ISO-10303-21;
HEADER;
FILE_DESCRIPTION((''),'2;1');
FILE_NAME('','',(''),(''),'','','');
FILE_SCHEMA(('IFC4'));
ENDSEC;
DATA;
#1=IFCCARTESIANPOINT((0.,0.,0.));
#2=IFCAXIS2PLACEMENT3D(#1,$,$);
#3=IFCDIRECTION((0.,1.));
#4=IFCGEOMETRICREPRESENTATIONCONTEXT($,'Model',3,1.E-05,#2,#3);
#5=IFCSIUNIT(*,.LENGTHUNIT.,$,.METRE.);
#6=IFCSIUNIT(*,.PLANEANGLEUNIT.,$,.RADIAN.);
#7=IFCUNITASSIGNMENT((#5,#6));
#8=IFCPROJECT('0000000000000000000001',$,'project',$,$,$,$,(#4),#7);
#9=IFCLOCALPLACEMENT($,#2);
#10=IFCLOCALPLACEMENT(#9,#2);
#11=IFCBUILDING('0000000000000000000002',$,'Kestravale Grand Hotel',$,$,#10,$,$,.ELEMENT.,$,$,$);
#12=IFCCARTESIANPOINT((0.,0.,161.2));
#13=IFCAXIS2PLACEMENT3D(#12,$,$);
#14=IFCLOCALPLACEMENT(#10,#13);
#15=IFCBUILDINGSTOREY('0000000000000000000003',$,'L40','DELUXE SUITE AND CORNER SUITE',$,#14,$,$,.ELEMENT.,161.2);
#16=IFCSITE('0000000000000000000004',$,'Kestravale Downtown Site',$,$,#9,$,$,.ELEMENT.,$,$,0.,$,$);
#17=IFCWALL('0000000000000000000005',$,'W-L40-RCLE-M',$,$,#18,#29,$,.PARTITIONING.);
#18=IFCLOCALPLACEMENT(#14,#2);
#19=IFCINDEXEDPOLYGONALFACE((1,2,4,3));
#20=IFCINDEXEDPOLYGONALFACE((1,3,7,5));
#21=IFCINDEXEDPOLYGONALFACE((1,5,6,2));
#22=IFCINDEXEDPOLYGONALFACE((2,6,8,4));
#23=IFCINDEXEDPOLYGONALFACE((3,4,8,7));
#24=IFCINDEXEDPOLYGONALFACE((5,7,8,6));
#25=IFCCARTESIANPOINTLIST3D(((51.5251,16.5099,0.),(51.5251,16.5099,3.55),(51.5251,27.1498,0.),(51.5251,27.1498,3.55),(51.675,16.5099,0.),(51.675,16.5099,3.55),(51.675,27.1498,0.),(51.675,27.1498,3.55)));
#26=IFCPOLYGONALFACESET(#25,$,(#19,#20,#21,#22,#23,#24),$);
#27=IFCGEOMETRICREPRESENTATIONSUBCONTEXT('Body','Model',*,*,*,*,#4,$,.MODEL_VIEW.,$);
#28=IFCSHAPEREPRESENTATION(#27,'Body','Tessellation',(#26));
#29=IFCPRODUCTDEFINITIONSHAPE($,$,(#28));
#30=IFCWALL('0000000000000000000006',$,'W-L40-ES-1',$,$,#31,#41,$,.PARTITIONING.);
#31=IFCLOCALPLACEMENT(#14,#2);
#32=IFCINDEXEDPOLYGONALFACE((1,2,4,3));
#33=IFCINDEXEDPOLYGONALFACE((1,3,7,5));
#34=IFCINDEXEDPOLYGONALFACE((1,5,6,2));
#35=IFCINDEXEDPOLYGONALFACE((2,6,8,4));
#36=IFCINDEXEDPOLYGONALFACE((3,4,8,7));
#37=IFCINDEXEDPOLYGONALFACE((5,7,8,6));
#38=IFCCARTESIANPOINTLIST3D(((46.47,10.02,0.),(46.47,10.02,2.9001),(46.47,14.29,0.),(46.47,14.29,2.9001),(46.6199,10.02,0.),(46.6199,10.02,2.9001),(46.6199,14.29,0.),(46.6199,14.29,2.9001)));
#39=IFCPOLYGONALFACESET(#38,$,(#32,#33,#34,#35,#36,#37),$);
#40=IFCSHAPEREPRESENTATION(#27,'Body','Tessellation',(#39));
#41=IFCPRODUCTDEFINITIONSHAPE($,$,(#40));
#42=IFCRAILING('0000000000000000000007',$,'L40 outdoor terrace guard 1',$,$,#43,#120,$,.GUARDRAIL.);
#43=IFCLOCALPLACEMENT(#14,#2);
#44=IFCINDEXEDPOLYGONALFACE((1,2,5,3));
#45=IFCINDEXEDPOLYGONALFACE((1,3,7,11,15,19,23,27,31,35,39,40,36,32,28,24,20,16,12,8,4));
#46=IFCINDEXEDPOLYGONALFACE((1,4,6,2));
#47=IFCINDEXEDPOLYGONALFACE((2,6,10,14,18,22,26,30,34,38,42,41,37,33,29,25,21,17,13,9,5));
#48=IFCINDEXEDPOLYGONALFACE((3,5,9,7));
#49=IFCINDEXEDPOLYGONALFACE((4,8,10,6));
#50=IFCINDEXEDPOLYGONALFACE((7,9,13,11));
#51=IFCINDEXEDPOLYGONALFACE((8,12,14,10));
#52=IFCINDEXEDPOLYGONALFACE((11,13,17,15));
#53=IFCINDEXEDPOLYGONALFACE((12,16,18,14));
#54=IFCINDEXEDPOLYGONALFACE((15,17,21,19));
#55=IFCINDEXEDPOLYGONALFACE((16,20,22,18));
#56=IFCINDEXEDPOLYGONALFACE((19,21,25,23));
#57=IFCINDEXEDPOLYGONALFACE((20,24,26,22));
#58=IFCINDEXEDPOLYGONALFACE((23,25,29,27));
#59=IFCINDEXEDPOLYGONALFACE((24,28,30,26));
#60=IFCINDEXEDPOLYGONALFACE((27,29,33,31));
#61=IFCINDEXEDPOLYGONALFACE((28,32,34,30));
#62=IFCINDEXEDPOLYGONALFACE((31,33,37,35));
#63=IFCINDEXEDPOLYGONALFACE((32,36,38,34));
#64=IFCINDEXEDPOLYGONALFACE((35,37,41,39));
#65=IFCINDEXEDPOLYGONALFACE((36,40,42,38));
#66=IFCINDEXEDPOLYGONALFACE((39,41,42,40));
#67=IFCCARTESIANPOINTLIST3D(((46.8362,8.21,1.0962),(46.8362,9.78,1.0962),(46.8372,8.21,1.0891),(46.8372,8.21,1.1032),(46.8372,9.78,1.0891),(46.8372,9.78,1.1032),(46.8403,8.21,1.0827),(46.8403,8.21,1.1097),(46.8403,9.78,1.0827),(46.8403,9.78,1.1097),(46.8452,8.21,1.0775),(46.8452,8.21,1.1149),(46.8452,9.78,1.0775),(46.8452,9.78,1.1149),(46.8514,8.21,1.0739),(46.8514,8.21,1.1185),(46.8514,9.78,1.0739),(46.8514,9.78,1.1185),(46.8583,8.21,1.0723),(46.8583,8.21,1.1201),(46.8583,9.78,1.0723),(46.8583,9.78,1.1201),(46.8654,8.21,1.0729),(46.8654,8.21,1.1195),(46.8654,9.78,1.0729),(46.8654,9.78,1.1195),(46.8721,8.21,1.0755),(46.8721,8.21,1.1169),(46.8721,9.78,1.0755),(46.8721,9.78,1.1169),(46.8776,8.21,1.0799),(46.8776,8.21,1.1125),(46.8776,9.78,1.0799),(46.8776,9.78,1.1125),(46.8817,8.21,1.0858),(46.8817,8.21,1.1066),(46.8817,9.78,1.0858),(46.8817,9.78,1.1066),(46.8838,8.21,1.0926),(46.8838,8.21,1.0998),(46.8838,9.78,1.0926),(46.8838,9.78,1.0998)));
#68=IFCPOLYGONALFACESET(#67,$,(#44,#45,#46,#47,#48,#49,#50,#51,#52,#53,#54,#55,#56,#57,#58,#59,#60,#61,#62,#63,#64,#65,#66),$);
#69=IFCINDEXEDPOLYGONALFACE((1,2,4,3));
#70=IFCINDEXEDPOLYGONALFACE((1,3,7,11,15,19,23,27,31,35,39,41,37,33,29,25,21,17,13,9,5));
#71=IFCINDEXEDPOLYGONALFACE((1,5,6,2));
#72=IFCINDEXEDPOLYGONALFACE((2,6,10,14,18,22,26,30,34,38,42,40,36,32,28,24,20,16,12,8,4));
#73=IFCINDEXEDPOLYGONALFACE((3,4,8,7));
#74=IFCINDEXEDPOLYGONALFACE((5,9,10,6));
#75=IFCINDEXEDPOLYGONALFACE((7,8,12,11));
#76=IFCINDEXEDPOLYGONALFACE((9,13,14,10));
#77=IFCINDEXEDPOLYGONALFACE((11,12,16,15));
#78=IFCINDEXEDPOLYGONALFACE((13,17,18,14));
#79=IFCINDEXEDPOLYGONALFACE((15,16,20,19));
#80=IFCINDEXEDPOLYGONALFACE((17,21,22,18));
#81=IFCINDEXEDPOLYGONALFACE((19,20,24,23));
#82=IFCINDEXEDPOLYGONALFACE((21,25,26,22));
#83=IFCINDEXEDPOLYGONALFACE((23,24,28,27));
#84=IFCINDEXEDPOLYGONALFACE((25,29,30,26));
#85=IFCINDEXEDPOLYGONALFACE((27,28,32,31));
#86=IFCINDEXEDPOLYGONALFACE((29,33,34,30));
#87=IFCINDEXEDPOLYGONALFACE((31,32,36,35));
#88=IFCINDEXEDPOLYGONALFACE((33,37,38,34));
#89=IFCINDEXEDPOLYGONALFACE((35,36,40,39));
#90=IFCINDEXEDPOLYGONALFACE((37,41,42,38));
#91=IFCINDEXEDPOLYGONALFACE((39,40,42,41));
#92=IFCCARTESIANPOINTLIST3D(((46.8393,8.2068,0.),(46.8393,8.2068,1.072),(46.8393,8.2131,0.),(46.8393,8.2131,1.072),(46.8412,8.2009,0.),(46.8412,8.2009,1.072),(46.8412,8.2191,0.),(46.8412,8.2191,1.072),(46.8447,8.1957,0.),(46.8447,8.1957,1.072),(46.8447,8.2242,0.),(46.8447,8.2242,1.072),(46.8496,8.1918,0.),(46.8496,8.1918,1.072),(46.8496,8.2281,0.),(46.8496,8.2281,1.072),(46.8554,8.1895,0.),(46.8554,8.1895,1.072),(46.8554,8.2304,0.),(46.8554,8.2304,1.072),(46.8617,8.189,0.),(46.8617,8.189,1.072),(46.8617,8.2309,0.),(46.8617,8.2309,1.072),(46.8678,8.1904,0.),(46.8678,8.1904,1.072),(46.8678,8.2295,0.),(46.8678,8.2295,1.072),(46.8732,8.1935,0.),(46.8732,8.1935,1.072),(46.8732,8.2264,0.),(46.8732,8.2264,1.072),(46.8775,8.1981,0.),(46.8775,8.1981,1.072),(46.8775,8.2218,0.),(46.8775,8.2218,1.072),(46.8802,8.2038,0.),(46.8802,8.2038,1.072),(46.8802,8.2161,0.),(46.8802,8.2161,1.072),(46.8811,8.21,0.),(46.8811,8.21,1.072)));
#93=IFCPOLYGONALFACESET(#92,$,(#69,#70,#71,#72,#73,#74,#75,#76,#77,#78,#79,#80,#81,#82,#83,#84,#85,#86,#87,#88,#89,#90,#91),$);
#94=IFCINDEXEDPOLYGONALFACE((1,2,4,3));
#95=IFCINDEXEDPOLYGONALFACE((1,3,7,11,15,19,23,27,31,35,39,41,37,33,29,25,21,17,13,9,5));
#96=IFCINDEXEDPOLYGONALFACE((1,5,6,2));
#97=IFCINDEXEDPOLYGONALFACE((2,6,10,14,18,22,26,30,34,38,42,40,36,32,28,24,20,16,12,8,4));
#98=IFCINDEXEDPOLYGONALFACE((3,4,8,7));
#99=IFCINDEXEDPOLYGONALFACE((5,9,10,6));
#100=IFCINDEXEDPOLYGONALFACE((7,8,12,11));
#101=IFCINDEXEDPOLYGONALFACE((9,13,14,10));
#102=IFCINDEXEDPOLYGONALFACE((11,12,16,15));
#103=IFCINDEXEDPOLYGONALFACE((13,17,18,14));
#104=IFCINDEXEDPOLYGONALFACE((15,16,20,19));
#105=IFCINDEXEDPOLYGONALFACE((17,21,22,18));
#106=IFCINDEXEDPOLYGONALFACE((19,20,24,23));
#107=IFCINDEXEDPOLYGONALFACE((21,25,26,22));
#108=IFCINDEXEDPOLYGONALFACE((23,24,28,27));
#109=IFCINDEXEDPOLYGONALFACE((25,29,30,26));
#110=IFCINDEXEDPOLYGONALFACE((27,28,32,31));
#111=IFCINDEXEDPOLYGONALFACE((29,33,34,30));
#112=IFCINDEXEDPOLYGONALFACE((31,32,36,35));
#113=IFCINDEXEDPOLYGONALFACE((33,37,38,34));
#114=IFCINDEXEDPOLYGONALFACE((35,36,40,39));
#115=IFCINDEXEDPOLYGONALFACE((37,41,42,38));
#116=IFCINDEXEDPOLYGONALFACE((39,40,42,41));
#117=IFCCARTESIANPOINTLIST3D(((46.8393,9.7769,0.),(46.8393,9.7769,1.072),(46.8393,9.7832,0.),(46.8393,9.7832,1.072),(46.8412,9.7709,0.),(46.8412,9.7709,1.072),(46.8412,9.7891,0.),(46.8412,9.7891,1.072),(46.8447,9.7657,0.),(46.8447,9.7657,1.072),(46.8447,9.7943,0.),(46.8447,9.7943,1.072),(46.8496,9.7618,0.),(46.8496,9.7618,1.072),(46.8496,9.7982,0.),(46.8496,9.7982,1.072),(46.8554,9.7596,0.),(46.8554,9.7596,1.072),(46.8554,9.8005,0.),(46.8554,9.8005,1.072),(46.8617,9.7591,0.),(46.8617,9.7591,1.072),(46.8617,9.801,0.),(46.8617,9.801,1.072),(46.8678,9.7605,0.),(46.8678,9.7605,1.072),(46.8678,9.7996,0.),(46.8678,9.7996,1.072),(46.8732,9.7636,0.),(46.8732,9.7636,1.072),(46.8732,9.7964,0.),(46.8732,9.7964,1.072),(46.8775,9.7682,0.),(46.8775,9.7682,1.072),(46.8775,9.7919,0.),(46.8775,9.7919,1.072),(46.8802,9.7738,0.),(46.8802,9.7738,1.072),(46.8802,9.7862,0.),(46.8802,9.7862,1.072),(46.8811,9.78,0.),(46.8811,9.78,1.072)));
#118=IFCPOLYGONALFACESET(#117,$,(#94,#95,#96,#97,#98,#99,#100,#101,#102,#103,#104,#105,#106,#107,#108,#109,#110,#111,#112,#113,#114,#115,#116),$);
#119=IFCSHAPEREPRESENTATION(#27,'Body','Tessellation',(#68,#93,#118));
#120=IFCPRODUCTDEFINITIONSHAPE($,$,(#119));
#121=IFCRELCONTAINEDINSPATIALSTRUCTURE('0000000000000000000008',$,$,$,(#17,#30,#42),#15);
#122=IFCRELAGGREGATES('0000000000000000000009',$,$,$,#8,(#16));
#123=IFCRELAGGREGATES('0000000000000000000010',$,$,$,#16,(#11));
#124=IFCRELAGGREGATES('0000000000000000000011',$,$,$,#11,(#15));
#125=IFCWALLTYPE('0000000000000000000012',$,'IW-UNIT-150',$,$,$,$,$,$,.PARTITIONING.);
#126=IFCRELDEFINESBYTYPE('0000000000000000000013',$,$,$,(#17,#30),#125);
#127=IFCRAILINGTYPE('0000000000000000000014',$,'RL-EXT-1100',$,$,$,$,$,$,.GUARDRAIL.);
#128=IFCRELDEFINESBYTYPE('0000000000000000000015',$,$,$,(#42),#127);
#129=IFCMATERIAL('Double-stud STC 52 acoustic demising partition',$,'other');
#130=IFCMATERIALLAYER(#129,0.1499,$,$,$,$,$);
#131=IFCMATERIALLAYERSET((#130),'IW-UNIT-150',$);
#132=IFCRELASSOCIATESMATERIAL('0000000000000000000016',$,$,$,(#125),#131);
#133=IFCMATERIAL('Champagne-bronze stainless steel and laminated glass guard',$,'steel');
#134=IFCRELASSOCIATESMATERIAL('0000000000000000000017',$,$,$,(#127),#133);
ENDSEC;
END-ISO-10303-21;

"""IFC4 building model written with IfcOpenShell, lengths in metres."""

from ifc_helpers import new_model, si_unit, direction, frame, frame_2d, origin, origin_2d, place, context, subcontext, project, spatial, rectangle, circle, extrude, material, layer, layer_set, type_object, element, save


model = new_model("IFC4")

# Units and contexts
model_context = context("Model", 3, precision=1e-05, world=origin(), true_north=direction((0.0, 1.0)))
body_context = subcontext(model_context, "Body", "Model", "MODEL_VIEW")
ifc_project = project(units=[si_unit("LENGTHUNIT", "METRE"), si_unit("PLANEANGLEUNIT", "RADIAN")], contexts=[model_context])

# Site, building, storey
site_placement = place(None, origin())
site = spatial("IfcSite", under=ifc_project, at=site_placement, Name="Kestravale Downtown Site", CompositionType="ELEMENT", RefElevation=0.0)
building_placement = place(site_placement, origin())
building = spatial("IfcBuilding", under=site, at=building_placement, Name="Kestravale Grand Hotel", CompositionType="ELEMENT")
storey_placement = place(building_placement, frame((0.0, 0.0, 161.2)))
storey = spatial("IfcBuildingStorey", under=building, at=storey_placement, Name="L40", Description="DELUXE SUITE AND CORNER SUITE", CompositionType="ELEMENT", Elevation=161.2)

# Walls
ifc_material_1 = material(Name="Double-stud STC 52 acoustic demising partition", Category="other")
ifc_layer_1 = layer(ifc_material_1, 0.1499)
ifc_layer_set_1 = layer_set([ifc_layer_1], Name="IW-UNIT-150")
wall_type_1 = type_object("IfcWallType", Name="IW-UNIT-150", PredefinedType="PARTITIONING", material=ifc_layer_set_1)
wall_1_placement = place(storey_placement, frame((51.6001, 16.51, 0.0), z_axis=(0.0, 0.0, 1.0), x_axis=(0.0, 1.0, 0.0)))
element("IfcWall", 1, at=wall_1_placement, inside=storey, type_object=wall_type_1, Name="W-L40-RCLE-M", PredefinedType="PARTITIONING", context=body_context, shape_type="SweptSolid", body=[
    extrude(rectangle(XDim=10.6399, YDim=0.1499, at=frame_2d((5.3198, 0.0))), origin(), (0.0, 0.0, 1.0), 3.55),
])
wall_2_placement = place(storey_placement, frame((46.5449, 10.02, 0.0), z_axis=(0.0, 0.0, 1.0), x_axis=(0.0, 1.0, 0.0)))
element("IfcWall", 2, at=wall_2_placement, inside=storey, type_object=wall_type_1, Name="W-L40-ES-1", PredefinedType="PARTITIONING", context=body_context, shape_type="SweptSolid", body=[
    extrude(rectangle(XDim=4.27, YDim=0.1499, at=frame_2d((2.135, 0.0))), origin(), (0.0, 0.0, 1.0), 2.9001),
])

# Railing
ifc_material_2 = material(Name="Champagne-bronze stainless steel and laminated glass guard", Category="steel")
railing_type = type_object("IfcRailingType", Name="RL-EXT-1100", PredefinedType="GUARDRAIL", material=ifc_material_2)
railing_1_placement = place(storey_placement, frame((46.8601, 8.21, 0.0)))
element("IfcRailing", 3, at=railing_1_placement, inside=storey, type_object=railing_type, Name="L40 outdoor terrace guard 1", PredefinedType="GUARDRAIL", context=body_context, shape_type="SweptSolid", body=[
    extrude(circle(Radius=0.0239, at=origin_2d()), frame((0.0, 0.0, 1.0962), z_axis=(0.0, 1.0, 0.0), x_axis=(-1.0, 0.0, 0.0)), (0.0, 0.0, 1.0), 1.5701),
    extrude(circle(Radius=0.021, at=origin_2d()), origin(), (0.0, 0.0, 1.0), 1.072),
    extrude(circle(Radius=0.021, at=origin_2d()), frame((0.0, 1.5701, 0.0)), (0.0, 0.0, 1.0), 1.072),
])

save(model, "model.ifc")
